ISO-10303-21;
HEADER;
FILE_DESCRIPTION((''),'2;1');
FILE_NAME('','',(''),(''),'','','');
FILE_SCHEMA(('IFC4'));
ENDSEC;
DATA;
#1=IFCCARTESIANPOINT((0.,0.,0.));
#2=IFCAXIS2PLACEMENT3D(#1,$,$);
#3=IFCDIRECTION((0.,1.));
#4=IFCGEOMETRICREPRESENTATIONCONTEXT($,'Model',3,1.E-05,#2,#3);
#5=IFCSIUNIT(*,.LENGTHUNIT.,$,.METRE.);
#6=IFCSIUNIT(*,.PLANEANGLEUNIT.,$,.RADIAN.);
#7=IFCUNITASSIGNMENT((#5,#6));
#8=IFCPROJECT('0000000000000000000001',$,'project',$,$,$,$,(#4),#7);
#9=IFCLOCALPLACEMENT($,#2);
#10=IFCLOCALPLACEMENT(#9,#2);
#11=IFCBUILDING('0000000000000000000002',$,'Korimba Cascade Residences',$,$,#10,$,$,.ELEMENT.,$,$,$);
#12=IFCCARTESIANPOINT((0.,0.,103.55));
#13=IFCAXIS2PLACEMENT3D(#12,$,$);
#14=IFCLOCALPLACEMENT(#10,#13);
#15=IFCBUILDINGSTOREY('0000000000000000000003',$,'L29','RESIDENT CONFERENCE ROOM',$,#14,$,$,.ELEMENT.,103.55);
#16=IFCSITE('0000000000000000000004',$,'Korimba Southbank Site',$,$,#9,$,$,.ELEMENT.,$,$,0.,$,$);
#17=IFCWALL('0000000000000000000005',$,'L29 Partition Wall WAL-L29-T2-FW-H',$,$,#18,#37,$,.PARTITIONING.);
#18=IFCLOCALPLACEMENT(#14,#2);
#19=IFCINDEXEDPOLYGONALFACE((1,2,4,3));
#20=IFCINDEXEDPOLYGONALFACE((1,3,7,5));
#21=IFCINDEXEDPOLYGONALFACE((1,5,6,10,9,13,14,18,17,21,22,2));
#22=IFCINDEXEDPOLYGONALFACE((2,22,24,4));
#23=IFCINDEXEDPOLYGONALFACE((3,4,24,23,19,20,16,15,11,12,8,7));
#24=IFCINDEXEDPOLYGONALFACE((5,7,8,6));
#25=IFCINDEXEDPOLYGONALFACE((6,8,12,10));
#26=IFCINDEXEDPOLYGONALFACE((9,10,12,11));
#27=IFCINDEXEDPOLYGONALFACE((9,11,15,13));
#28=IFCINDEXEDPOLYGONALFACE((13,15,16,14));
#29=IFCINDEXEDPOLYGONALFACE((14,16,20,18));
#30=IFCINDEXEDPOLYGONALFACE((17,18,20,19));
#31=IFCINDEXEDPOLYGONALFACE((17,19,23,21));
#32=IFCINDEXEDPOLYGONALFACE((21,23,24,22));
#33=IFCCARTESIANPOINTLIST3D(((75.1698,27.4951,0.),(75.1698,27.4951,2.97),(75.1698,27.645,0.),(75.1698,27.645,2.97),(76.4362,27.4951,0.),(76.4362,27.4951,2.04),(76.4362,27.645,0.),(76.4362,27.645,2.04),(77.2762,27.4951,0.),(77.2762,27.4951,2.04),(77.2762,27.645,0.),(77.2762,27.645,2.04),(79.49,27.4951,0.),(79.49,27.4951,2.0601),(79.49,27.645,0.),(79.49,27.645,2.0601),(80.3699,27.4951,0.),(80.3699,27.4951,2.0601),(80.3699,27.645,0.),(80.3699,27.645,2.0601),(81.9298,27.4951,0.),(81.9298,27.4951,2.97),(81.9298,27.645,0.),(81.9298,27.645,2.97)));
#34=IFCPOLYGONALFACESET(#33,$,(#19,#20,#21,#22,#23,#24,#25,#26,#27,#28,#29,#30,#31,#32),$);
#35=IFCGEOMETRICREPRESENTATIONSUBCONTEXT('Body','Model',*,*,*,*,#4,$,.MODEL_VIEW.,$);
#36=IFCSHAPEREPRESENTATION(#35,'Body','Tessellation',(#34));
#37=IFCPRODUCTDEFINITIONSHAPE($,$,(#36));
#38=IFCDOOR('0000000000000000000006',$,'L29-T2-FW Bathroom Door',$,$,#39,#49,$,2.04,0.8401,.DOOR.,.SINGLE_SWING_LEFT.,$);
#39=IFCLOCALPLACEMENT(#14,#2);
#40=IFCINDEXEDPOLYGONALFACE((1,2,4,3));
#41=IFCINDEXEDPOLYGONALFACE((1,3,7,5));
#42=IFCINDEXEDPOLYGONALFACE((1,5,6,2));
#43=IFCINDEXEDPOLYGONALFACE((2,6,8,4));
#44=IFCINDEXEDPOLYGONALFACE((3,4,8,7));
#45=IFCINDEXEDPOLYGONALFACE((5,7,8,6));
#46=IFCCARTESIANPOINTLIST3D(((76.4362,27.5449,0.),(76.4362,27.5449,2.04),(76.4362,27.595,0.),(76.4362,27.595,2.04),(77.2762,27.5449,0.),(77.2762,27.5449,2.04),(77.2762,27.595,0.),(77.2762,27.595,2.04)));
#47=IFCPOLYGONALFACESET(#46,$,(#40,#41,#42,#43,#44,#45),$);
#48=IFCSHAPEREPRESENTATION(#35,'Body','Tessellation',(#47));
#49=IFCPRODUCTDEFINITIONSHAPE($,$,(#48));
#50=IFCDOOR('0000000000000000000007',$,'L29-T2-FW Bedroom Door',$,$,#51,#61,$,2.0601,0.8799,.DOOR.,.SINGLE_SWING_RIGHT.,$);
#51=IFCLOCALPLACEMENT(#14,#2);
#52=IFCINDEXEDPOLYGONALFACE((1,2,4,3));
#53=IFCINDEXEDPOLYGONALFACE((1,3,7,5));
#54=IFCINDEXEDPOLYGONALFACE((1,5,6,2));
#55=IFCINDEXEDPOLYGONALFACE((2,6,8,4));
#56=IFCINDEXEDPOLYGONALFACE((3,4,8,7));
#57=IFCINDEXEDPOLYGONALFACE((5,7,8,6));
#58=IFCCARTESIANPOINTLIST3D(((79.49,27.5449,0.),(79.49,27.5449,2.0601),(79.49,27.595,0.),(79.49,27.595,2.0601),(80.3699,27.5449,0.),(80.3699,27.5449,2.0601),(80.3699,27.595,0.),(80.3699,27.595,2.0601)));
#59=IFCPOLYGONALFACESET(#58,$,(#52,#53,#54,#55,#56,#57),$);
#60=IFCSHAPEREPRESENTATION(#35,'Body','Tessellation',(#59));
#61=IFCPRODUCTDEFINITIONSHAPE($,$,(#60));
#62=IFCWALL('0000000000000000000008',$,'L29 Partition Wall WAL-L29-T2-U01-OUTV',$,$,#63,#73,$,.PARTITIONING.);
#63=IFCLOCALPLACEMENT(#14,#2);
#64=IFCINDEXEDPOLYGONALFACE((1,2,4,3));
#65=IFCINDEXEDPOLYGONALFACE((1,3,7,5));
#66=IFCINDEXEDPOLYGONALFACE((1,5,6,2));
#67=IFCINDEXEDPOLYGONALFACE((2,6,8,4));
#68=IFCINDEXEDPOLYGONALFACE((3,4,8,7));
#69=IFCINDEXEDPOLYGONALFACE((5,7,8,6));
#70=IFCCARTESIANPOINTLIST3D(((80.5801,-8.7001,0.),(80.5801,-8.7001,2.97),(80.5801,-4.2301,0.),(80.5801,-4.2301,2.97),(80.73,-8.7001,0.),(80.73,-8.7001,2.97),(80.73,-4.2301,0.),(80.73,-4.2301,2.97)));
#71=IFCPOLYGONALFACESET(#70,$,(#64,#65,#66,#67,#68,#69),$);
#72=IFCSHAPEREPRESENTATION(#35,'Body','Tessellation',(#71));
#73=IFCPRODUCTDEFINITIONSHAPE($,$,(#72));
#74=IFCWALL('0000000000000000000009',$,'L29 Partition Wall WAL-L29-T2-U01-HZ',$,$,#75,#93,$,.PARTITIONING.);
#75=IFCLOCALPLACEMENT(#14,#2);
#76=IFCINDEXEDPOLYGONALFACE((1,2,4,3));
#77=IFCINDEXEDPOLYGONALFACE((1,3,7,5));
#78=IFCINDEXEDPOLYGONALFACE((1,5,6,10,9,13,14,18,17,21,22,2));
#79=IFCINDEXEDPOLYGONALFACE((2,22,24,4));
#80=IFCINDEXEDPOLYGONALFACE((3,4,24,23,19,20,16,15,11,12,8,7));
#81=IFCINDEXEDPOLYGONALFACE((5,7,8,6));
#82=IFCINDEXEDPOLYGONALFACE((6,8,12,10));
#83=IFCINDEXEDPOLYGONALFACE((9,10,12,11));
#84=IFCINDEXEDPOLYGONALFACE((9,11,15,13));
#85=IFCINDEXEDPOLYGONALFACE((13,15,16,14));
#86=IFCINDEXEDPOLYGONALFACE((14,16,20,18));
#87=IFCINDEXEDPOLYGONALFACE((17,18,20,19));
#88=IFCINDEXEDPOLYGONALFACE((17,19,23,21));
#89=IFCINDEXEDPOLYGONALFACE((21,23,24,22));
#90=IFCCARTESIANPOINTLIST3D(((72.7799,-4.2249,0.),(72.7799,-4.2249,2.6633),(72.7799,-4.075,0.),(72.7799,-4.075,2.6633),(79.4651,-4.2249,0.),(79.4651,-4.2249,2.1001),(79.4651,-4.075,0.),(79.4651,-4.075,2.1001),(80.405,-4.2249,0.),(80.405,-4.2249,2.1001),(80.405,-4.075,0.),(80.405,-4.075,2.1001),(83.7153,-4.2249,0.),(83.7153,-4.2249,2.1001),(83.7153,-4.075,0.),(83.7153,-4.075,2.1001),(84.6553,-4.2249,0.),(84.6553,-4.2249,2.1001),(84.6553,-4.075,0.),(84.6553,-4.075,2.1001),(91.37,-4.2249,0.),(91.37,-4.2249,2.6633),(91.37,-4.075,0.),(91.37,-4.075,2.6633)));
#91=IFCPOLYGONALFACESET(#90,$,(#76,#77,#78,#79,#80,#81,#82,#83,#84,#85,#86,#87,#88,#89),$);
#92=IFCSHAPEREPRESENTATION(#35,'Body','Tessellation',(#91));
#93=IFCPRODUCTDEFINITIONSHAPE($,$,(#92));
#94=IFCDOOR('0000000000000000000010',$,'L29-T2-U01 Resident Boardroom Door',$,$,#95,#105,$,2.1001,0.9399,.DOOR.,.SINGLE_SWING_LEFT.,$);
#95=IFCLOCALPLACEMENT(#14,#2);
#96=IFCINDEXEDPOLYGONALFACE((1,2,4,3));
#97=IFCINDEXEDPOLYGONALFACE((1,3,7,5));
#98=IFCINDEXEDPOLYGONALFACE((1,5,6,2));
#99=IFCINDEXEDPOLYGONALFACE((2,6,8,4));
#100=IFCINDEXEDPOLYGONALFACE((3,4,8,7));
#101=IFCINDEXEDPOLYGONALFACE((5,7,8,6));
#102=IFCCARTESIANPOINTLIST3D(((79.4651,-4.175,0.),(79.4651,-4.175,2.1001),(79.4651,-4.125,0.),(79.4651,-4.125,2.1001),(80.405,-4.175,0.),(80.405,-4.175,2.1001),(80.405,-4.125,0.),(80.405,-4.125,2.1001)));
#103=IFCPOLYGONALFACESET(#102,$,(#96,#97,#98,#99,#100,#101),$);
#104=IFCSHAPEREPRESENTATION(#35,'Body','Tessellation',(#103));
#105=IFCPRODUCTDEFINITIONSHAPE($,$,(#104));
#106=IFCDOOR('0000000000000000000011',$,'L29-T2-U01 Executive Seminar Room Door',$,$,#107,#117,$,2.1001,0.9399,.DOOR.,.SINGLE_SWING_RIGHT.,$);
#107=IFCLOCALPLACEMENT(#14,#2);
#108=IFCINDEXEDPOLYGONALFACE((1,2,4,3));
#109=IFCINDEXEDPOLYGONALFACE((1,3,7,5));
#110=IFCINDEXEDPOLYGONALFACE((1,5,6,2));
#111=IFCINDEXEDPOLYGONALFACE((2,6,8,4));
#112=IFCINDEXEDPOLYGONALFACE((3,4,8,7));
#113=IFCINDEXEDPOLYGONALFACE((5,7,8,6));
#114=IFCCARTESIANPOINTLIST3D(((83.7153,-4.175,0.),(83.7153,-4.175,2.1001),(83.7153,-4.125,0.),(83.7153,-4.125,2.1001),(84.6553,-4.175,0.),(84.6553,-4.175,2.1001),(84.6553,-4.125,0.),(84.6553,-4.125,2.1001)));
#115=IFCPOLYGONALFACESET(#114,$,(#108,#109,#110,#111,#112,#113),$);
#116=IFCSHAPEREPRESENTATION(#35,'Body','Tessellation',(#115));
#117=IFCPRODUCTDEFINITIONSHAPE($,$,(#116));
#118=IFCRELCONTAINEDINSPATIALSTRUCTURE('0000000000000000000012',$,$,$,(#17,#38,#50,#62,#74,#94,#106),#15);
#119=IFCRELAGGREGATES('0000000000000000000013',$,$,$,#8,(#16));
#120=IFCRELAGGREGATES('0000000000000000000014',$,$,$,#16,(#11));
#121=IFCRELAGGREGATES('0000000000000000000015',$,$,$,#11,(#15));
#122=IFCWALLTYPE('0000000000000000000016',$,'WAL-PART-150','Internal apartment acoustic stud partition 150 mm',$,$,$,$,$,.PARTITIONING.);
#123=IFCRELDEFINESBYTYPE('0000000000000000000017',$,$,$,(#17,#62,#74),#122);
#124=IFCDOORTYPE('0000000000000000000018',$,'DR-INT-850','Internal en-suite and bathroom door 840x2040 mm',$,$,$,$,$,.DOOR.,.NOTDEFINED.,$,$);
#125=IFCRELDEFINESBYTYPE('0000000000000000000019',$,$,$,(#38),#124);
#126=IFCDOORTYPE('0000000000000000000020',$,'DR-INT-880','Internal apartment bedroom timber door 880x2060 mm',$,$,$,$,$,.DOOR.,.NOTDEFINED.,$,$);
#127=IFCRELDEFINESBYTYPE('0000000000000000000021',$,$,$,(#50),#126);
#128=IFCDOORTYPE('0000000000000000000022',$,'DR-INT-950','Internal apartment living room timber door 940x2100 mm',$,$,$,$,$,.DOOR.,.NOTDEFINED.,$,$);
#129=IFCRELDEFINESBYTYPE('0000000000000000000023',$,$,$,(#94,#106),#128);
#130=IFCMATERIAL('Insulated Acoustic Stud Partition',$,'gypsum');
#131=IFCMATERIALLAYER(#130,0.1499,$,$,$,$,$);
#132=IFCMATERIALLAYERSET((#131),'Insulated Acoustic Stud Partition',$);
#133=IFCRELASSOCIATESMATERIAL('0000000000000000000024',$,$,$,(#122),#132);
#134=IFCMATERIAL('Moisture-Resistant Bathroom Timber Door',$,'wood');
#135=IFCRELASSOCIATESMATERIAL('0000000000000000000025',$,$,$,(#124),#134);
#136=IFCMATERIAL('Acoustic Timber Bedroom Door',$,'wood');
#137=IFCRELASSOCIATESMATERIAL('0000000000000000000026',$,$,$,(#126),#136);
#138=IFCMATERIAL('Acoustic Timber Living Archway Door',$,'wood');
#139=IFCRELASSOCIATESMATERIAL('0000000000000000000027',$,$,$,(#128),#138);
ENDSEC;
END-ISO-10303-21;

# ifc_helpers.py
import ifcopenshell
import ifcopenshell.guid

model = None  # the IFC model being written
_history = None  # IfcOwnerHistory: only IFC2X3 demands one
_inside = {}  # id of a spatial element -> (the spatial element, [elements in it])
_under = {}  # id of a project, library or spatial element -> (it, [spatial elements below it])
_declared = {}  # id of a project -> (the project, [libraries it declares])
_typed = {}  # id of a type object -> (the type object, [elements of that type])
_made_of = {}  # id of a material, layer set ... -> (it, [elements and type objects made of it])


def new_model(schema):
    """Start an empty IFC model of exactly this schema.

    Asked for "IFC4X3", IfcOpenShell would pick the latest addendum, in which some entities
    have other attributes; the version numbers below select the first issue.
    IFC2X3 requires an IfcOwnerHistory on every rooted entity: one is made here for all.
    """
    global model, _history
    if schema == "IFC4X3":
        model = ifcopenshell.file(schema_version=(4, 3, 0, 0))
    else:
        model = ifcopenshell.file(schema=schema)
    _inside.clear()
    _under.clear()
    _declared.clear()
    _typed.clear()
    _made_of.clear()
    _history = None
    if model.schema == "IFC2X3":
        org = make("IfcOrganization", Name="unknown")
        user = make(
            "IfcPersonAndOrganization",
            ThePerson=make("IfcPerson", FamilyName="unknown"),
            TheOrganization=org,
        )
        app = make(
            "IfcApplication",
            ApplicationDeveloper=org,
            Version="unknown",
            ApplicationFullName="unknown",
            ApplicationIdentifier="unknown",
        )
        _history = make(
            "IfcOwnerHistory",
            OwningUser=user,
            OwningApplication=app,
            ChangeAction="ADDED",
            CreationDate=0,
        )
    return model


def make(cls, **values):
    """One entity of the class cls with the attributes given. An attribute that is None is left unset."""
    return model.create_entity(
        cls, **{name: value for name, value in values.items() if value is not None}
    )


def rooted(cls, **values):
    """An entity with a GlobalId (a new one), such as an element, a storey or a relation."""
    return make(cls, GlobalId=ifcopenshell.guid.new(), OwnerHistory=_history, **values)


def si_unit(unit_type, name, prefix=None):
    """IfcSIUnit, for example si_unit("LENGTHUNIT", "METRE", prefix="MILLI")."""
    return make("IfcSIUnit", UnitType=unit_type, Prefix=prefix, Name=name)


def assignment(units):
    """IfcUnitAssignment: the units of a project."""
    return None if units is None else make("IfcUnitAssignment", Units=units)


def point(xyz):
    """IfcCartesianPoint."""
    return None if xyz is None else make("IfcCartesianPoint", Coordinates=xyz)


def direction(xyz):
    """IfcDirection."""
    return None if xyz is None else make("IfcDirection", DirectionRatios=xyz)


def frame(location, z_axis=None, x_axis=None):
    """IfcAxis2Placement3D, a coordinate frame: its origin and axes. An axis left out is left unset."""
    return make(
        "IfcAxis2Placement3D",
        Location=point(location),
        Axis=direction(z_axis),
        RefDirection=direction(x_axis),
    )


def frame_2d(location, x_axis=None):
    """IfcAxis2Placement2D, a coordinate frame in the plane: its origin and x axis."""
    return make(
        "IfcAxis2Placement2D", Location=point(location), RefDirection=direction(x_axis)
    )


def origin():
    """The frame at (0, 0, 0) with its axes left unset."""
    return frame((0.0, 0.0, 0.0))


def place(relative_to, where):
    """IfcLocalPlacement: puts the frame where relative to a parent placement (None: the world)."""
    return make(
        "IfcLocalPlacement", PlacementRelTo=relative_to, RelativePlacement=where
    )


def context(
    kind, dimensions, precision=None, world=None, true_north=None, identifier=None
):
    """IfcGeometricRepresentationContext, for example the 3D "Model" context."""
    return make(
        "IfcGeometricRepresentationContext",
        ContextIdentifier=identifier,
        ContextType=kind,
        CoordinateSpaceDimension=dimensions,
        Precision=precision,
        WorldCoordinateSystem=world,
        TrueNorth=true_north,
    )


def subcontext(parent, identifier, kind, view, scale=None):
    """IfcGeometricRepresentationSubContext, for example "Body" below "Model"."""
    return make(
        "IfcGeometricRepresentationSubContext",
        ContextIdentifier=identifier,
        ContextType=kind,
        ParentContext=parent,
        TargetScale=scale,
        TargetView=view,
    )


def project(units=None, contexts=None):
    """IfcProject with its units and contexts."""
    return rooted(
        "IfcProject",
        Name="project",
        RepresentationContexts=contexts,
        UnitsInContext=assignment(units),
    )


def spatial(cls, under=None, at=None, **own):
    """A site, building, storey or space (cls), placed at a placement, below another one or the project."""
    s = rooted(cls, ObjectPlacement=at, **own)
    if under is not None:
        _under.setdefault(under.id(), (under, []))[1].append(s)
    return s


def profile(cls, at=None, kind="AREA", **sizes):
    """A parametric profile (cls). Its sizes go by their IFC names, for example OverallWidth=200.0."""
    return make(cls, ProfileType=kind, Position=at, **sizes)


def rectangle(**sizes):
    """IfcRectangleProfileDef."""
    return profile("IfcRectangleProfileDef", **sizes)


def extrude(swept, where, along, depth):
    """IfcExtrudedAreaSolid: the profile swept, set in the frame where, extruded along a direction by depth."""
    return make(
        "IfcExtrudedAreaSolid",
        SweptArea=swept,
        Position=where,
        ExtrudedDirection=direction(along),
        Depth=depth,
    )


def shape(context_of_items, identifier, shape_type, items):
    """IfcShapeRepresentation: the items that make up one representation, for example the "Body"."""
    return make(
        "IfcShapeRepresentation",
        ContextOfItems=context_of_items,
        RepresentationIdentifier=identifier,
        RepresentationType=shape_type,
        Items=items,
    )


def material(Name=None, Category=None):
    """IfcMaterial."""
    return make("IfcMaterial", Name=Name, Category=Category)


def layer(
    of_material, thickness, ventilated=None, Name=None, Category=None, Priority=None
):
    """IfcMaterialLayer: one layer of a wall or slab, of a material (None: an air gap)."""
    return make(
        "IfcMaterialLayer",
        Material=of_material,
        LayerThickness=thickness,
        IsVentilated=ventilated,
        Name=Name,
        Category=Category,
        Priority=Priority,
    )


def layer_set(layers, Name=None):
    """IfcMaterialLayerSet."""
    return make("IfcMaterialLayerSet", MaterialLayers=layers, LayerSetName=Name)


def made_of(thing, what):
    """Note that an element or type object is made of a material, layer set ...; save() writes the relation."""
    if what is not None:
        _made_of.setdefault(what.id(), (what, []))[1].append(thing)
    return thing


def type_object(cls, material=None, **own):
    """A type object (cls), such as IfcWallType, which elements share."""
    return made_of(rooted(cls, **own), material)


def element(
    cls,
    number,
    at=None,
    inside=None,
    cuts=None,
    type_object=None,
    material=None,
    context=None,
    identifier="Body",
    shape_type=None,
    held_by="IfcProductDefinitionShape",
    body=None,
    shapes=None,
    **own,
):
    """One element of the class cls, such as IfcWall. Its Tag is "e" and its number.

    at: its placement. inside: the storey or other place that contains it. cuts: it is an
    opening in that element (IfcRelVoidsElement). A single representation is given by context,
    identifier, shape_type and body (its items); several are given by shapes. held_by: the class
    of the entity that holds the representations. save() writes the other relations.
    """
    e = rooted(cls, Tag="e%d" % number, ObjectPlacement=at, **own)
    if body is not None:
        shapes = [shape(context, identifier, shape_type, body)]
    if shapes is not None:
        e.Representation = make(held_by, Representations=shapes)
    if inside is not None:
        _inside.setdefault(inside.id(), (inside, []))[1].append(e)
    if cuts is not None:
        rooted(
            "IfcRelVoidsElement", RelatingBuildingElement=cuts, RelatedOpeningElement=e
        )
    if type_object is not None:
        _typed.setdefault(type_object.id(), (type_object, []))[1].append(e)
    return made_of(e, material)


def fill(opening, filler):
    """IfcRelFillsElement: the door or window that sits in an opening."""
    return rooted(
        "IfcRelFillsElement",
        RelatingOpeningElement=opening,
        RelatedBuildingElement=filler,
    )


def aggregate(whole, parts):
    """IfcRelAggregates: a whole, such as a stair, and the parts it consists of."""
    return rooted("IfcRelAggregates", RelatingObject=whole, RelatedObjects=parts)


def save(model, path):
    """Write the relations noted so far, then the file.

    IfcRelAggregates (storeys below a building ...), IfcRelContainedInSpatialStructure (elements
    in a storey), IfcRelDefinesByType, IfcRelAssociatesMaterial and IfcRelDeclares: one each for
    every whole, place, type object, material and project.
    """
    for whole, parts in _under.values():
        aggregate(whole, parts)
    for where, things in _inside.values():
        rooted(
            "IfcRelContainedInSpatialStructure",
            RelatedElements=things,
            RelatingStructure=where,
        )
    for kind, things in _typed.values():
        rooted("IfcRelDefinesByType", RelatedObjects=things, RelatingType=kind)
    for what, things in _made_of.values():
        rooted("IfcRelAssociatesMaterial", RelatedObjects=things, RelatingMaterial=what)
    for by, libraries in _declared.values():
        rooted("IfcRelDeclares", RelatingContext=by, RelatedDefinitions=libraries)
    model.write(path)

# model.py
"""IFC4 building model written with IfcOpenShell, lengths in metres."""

from ifc_helpers import new_model, si_unit, direction, frame, frame_2d, origin, place, context, subcontext, project, spatial, rectangle, extrude, material, layer, layer_set, type_object, element, fill, save


model = new_model("IFC4")

# Units and contexts
model_context = context("Model", 3, precision=1e-05, world=origin(), true_north=direction((0.0, 1.0)))
body_context = subcontext(model_context, "Body", "Model", "MODEL_VIEW")
ifc_project = project(units=[si_unit("LENGTHUNIT", "METRE"), si_unit("PLANEANGLEUNIT", "RADIAN")], contexts=[model_context])

# Site, building, storey
site_placement = place(None, origin())
site = spatial("IfcSite", under=ifc_project, at=site_placement, Name="Korimba Southbank Site", CompositionType="ELEMENT", RefElevation=0.0)
building_placement = place(site_placement, origin())
building = spatial("IfcBuilding", under=site, at=building_placement, Name="Korimba Cascade Residences", CompositionType="ELEMENT")
storey_placement = place(building_placement, frame((0.0, 0.0, 103.55)))
storey = spatial("IfcBuildingStorey", under=building, at=storey_placement, Name="L29", Description="RESIDENT CONFERENCE ROOM", CompositionType="ELEMENT", Elevation=103.55)

# Shared definitions
ifc_material_1 = material(Name="Insulated Acoustic Stud Partition", Category="gypsum")
ifc_layer_1 = layer(ifc_material_1, 0.1499)
ifc_layer_set_1 = layer_set([ifc_layer_1], Name="Insulated Acoustic Stud Partition")
wall_type_1 = type_object("IfcWallType", Name="WAL-PART-150", Description="Internal apartment acoustic stud partition 150 mm", PredefinedType="PARTITIONING", material=ifc_layer_set_1)
ifc_material_2 = material(Name="Moisture-Resistant Bathroom Timber Door", Category="wood")
door_type_1 = type_object("IfcDoorType", Name="DR-INT-850", Description="Internal en-suite and bathroom door 840x2040 mm", OperationType="NOTDEFINED", PredefinedType="DOOR", material=ifc_material_2)
ifc_material_3 = material(Name="Acoustic Timber Bedroom Door", Category="wood")
door_type_2 = type_object("IfcDoorType", Name="DR-INT-880", Description="Internal apartment bedroom timber door 880x2060 mm", OperationType="NOTDEFINED", PredefinedType="DOOR", material=ifc_material_3)

# Wall, openings, doors
wall_1_placement = place(storey_placement, frame((75.1699, 27.5701, 0.0), z_axis=(0.0, 0.0, 1.0), x_axis=(1.0, 0.0, 0.0)))
wall_1 = element("IfcWall", 1, at=wall_1_placement, inside=storey, type_object=wall_type_1, Name="L29 Partition Wall WAL-L29-T2-FW-H", PredefinedType="PARTITIONING", context=body_context, shape_type="SweptSolid", body=[
    extrude(rectangle(XDim=6.76, YDim=0.1499, at=frame_2d((3.3799, 0.0))), origin(), (0.0, 0.0, 1.0), 2.97),
])
opening_1_placement = place(wall_1_placement, frame((1.2664, 0.0, 0.0)))
opening_1 = element("IfcOpeningElement", 2, at=opening_1_placement, cuts=wall_1, PredefinedType="OPENING", context=body_context, shape_type="SweptSolid", body=[
    extrude(rectangle(XDim=0.8401, YDim=2.04, at=frame_2d((0.4199, 1.02))), frame((0.0, 0.085, 0.0), z_axis=(0.0, -1.0, 0.0), x_axis=(1.0, 0.0, 0.0)), (0.0, 0.0, 1.0), 0.1699),
])
opening_2_placement = place(wall_1_placement, frame((4.3201, 0.0, 0.0)))
opening_2 = element("IfcOpeningElement", 3, at=opening_2_placement, cuts=wall_1, PredefinedType="OPENING", context=body_context, shape_type="SweptSolid", body=[
    extrude(rectangle(XDim=0.8799, YDim=2.0601, at=frame_2d((0.4399, 1.03))), frame((0.0, 0.085, 0.0), z_axis=(0.0, -1.0, 0.0), x_axis=(1.0, 0.0, 0.0)), (0.0, 0.0, 1.0), 0.1699),
])
door_1_placement = place(opening_1_placement, origin())
door_1 = element("IfcDoor", 4, at=door_1_placement, inside=storey, type_object=door_type_1, Name="L29-T2-FW Bathroom Door", OperationType="SINGLE_SWING_LEFT", OverallHeight=2.04, OverallWidth=0.8401, PredefinedType="DOOR", context=body_context, shape_type="SweptSolid", body=[
    extrude(rectangle(XDim=0.8401, YDim=2.04, at=frame_2d((0.4199, 1.02))), frame((0.0, 0.0249, 0.0), z_axis=(0.0, -1.0, 0.0), x_axis=(1.0, 0.0, 0.0)), (0.0, 0.0, 1.0), 0.05),
])
fill(opening_1, door_1)
door_2_placement = place(opening_2_placement, origin())
door_2 = element("IfcDoor", 5, at=door_2_placement, inside=storey, type_object=door_type_2, Name="L29-T2-FW Bedroom Door", OperationType="SINGLE_SWING_RIGHT", OverallHeight=2.0601, OverallWidth=0.8799, PredefinedType="DOOR", context=body_context, shape_type="SweptSolid", body=[
    extrude(rectangle(XDim=0.8799, YDim=2.0601, at=frame_2d((0.4399, 1.03))), frame((0.0, 0.0249, 0.0), z_axis=(0.0, -1.0, 0.0), x_axis=(1.0, 0.0, 0.0)), (0.0, 0.0, 1.0), 0.05),
])
fill(opening_2, door_2)

# Wall
wall_2_placement = place(storey_placement, frame((80.655, -8.7, 0.0), z_axis=(0.0, 0.0, 1.0), x_axis=(0.0, 1.0, 0.0)))
element("IfcWall", 6, at=wall_2_placement, inside=storey, type_object=wall_type_1, Name="L29 Partition Wall WAL-L29-T2-U01-OUTV", PredefinedType="PARTITIONING", context=body_context, shape_type="SweptSolid", body=[
    extrude(rectangle(XDim=4.47, YDim=0.1499, at=frame_2d((2.2349, 0.0))), origin(), (0.0, 0.0, 1.0), 2.97),
])

# Wall, openings, doors
wall_3_placement = place(storey_placement, frame((72.78, -4.1499, 0.0), z_axis=(0.0, 0.0, 1.0), x_axis=(1.0, 0.0, 0.0)))
wall_3 = element("IfcWall", 7, at=wall_3_placement, inside=storey, type_object=wall_type_1, Name="L29 Partition Wall WAL-L29-T2-U01-HZ", PredefinedType="PARTITIONING", context=body_context, shape_type="SweptSolid", body=[
    extrude(rectangle(XDim=18.5901, YDim=0.1499, at=frame_2d((9.2949, 0.0))), origin(), (0.0, 0.0, 1.0), 2.6633),
])
opening_3_placement = place(wall_3_placement, frame((6.6851, 0.0, 0.0)))
opening_3 = element("IfcOpeningElement", 8, at=opening_3_placement, cuts=wall_3, PredefinedType="OPENING", context=body_context, shape_type="SweptSolid", body=[
    extrude(rectangle(XDim=0.9399, YDim=2.1001, at=frame_2d((0.47, 1.05))), frame((0.0, 0.085, 0.0), z_axis=(0.0, -1.0, 0.0), x_axis=(1.0, 0.0, 0.0)), (0.0, 0.0, 1.0), 0.1699),
])
opening_4_placement = place(wall_3_placement, frame((10.9353, 0.0, 0.0)))
opening_4 = element("IfcOpeningElement", 9, at=opening_4_placement, cuts=wall_3, PredefinedType="OPENING", context=body_context, shape_type="SweptSolid", body=[
    extrude(rectangle(XDim=0.9399, YDim=2.1001, at=frame_2d((0.47, 1.05))), frame((0.0, 0.085, 0.0), z_axis=(0.0, -1.0, 0.0), x_axis=(1.0, 0.0, 0.0)), (0.0, 0.0, 1.0), 0.1699),
])
ifc_material_4 = material(Name="Acoustic Timber Living Archway Door", Category="wood")
door_type_3 = type_object("IfcDoorType", Name="DR-INT-950", Description="Internal apartment living room timber door 940x2100 mm", OperationType="NOTDEFINED", PredefinedType="DOOR", material=ifc_material_4)
door_3_placement = place(opening_3_placement, origin())
door_3 = element("IfcDoor", 10, at=door_3_placement, inside=storey, type_object=door_type_3, Name="L29-T2-U01 Resident Boardroom Door", OperationType="SINGLE_SWING_LEFT", OverallHeight=2.1001, OverallWidth=0.9399, PredefinedType="DOOR", context=body_context, shape_type="SweptSolid", body=[
    extrude(rectangle(XDim=0.9399, YDim=2.1001, at=frame_2d((0.47, 1.05))), frame((0.0, 0.0249, 0.0), z_axis=(0.0, -1.0, 0.0), x_axis=(1.0, 0.0, 0.0)), (0.0, 0.0, 1.0), 0.05),
])
fill(opening_3, door_3)
door_4_placement = place(opening_4_placement, origin())
door_4 = element("IfcDoor", 11, at=door_4_placement, inside=storey, type_object=door_type_3, Name="L29-T2-U01 Executive Seminar Room Door", OperationType="SINGLE_SWING_RIGHT", OverallHeight=2.1001, OverallWidth=0.9399, PredefinedType="DOOR", context=body_context, shape_type="SweptSolid", body=[
    extrude(rectangle(XDim=0.9399, YDim=2.1001, at=frame_2d((0.47, 1.05))), frame((0.0, 0.0249, 0.0), z_axis=(0.0, -1.0, 0.0), x_axis=(1.0, 0.0, 0.0)), (0.0, 0.0, 1.0), 0.05),
])
fill(opening_4, door_4)

save(model, "model.ifc")
